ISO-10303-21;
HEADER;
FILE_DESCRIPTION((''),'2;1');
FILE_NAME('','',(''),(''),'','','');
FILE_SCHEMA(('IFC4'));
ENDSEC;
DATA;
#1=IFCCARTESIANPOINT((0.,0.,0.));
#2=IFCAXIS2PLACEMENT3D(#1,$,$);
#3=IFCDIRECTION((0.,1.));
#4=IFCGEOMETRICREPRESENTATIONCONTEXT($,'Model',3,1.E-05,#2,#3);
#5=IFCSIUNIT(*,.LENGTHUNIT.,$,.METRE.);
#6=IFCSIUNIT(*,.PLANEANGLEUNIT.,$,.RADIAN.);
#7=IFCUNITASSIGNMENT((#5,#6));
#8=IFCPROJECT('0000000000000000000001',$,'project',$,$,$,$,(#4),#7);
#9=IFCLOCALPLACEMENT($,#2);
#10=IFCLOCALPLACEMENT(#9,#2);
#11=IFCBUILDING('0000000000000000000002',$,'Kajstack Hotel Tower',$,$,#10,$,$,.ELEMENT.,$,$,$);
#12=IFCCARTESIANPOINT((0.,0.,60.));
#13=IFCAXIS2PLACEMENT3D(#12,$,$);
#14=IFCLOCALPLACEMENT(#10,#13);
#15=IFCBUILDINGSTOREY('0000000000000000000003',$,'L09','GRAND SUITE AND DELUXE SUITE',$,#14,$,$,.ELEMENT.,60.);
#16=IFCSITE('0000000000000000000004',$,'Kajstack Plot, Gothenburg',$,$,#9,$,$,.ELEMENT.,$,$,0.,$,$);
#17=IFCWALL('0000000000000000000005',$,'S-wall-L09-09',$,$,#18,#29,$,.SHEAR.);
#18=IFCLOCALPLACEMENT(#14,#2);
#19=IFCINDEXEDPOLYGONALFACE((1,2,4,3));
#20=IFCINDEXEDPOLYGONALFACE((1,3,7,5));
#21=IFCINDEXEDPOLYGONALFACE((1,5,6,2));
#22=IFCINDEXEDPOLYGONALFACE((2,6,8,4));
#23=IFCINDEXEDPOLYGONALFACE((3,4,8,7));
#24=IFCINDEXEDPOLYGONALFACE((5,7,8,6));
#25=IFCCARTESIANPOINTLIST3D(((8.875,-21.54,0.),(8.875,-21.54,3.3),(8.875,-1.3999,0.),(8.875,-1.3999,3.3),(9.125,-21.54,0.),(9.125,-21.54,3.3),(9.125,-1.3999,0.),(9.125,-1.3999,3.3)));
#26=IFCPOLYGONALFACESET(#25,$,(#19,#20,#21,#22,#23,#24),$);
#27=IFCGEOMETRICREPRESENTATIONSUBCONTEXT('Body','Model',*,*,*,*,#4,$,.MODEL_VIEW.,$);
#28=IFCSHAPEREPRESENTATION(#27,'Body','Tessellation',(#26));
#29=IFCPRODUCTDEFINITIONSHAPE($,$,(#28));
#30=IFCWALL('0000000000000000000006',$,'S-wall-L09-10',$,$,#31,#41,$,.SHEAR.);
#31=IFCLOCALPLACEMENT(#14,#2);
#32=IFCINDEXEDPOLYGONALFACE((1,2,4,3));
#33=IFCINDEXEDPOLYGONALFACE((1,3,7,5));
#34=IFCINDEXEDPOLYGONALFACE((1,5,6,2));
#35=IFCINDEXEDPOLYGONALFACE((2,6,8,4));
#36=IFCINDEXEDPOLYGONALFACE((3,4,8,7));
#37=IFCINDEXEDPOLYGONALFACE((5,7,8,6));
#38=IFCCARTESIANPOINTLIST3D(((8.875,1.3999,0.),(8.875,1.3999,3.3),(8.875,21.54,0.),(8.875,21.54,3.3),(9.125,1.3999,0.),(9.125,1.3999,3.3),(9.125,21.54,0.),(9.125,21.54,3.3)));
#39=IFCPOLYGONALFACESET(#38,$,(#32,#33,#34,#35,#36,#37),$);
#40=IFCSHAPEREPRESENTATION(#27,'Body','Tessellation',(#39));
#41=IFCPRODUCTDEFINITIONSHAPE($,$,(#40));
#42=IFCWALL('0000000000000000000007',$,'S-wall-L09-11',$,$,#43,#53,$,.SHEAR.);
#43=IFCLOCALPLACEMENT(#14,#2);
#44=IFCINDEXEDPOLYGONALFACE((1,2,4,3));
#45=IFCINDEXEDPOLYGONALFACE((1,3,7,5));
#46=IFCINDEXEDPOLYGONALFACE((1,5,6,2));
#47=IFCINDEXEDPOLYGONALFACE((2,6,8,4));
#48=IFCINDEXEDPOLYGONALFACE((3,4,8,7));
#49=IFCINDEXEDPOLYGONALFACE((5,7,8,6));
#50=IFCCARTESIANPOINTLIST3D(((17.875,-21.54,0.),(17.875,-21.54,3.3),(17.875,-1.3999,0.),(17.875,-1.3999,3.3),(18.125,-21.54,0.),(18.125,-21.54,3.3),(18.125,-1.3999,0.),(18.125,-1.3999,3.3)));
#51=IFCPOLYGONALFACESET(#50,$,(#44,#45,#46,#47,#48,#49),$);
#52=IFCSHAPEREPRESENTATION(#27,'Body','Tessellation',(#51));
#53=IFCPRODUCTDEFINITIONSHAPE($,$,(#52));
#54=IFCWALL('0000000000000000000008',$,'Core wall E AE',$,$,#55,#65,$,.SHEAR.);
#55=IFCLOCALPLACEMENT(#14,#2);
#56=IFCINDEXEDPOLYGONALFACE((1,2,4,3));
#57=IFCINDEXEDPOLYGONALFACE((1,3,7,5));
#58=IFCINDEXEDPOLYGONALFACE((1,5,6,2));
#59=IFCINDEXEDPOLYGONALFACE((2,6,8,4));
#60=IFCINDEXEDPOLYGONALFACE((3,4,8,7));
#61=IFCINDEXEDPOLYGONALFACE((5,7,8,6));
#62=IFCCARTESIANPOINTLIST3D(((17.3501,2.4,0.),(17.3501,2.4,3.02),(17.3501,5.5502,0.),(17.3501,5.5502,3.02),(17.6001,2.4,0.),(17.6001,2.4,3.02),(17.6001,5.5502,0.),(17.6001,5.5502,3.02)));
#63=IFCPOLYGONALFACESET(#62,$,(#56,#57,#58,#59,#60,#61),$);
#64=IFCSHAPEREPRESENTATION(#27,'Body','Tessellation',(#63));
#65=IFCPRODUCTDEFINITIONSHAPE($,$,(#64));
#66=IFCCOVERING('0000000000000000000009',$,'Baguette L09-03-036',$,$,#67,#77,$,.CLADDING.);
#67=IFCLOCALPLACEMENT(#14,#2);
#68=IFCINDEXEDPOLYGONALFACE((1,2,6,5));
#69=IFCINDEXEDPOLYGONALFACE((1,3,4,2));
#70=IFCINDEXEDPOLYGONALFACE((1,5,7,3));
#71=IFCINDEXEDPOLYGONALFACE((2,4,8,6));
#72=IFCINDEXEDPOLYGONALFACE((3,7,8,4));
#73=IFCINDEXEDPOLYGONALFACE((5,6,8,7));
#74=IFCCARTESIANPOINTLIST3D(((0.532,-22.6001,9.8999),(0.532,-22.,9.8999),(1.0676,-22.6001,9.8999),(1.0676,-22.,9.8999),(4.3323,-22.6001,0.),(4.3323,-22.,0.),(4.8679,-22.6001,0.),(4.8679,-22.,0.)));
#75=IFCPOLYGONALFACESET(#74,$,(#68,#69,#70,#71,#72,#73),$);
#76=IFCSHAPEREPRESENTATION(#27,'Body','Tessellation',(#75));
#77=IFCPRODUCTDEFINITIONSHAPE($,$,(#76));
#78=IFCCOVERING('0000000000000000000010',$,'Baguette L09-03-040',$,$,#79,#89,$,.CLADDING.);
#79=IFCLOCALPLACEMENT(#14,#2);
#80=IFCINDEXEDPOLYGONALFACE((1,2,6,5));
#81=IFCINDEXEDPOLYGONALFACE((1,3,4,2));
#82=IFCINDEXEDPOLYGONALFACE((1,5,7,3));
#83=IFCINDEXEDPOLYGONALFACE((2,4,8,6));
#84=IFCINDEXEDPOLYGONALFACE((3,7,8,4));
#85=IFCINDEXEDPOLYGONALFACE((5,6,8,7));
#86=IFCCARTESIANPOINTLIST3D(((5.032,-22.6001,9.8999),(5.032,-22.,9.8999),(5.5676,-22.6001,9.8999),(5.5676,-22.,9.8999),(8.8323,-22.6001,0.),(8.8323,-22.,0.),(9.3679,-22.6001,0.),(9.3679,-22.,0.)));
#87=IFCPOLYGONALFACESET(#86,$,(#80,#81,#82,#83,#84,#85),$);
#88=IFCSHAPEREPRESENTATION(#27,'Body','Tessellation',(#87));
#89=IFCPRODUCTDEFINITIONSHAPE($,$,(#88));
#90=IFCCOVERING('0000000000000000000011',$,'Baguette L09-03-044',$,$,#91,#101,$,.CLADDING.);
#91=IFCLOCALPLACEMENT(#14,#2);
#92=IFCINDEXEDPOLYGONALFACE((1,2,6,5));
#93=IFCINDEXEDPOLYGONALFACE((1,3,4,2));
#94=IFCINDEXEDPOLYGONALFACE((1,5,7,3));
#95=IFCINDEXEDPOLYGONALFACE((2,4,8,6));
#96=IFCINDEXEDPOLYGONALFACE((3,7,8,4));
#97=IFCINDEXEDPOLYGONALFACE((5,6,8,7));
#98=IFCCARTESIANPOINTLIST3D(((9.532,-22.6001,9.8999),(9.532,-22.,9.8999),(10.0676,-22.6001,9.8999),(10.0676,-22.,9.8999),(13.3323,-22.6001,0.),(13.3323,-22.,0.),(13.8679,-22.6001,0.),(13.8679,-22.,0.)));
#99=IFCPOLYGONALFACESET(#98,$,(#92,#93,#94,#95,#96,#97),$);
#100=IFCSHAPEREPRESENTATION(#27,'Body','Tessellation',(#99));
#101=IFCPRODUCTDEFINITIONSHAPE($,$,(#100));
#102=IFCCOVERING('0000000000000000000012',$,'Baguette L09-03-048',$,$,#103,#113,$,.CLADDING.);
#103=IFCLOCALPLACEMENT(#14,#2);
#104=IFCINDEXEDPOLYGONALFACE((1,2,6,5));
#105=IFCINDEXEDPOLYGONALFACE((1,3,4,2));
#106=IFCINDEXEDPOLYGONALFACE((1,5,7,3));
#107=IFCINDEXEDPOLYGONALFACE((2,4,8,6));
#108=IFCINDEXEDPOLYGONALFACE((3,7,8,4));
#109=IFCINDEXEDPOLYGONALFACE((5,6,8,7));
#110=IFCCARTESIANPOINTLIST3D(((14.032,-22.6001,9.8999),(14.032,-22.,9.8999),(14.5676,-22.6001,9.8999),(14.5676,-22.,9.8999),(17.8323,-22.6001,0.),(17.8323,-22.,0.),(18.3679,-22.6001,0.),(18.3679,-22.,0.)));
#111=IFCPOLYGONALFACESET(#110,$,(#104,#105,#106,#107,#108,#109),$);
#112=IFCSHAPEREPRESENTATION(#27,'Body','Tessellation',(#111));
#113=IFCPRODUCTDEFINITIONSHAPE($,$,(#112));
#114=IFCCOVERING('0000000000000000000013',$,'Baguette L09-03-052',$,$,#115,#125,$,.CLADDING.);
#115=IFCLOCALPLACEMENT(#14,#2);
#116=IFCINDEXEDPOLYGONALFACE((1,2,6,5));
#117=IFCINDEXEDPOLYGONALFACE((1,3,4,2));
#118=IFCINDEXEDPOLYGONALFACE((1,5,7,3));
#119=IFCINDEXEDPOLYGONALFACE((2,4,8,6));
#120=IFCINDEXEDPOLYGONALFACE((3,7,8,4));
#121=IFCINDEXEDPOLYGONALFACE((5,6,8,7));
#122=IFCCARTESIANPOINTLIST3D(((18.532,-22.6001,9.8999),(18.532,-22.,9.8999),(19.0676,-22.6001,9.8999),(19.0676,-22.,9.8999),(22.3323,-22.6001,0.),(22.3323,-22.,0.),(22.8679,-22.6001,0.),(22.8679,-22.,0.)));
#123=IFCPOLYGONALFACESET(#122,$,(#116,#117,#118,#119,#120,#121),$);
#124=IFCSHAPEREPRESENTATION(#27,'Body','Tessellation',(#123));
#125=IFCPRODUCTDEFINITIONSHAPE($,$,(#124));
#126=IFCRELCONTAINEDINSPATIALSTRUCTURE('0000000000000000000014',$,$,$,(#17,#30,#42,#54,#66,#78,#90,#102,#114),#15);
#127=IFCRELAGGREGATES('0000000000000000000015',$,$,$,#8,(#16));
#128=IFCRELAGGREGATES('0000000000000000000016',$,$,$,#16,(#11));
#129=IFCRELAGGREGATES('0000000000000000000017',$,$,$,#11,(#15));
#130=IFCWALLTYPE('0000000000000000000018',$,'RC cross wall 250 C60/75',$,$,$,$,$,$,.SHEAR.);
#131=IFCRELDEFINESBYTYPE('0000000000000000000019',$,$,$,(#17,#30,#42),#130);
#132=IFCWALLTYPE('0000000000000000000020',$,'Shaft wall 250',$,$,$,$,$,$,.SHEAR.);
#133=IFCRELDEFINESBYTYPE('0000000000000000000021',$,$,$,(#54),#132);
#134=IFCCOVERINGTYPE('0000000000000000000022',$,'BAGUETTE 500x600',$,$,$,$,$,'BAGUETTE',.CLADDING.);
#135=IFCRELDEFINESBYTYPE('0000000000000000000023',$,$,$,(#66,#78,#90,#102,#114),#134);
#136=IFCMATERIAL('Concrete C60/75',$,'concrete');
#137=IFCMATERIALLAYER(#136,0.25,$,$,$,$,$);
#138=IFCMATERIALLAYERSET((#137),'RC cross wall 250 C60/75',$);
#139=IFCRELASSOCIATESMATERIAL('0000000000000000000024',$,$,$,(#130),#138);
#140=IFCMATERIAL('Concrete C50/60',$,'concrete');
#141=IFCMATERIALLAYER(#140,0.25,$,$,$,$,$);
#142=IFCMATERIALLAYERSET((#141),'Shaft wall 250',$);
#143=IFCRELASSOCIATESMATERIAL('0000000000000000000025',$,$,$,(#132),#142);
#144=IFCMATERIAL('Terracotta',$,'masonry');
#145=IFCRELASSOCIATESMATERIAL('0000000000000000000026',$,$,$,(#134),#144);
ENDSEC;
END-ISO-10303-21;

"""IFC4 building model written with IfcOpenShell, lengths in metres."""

from ifc_helpers import new_model, si_unit, direction, frame, frame_2d, origin, origin_2d, place, context, subcontext, project, spatial, polyline, rectangle, outline, extrude, material, layer, layer_set, material_profile, profile_set, type_object, element, save


model = new_model("IFC4")

# Units and contexts
model_context = context("Model", 3, precision=1e-05, world=origin(), true_north=direction((0.0, 1.0)))
body_context = subcontext(model_context, "Body", "Model", "MODEL_VIEW")
ifc_project = project(units=[si_unit("LENGTHUNIT", "METRE"), si_unit("PLANEANGLEUNIT", "RADIAN")], contexts=[model_context])

# Site, building, storey
site_placement = place(None, origin())
site = spatial("IfcSite", under=ifc_project, at=site_placement, Name="Kajstack Plot, Gothenburg", CompositionType="ELEMENT", RefElevation=0.0)
building_placement = place(site_placement, origin())
building = spatial("IfcBuilding", under=site, at=building_placement, Name="Kajstack Hotel Tower", CompositionType="ELEMENT")
storey_placement = place(building_placement, frame((0.0, 0.0, 60.0)))
storey = spatial("IfcBuildingStorey", under=building, at=storey_placement, Name="L09", Description="GRAND SUITE AND DELUXE SUITE", CompositionType="ELEMENT", Elevation=60.0)

# Shared definitions
ifc_material_1 = material(Name="Concrete C60/75", Category="concrete")

# Walls
ifc_material_2 = material(Name="Concrete C50/60", Category="concrete")
ifc_layer_1 = layer(ifc_material_1, 0.25)
ifc_layer_set_1 = layer_set([ifc_layer_1], Name="RC cross wall 250 C60/75")
wall_type_1 = type_object("IfcWallType", Name="RC cross wall 250 C60/75", PredefinedType="SHEAR", material=ifc_layer_set_1)
for number, where, z_axis, x_axis, name in (
    (1, (9.0, -21.54, 0.0), (0.0, 0.0, 1.0), (0.0, 1.0, 0.0), "S-wall-L09-09"),
    (2, (9.0, 1.3999, 0.0), (0.0, 0.0, 1.0), (0.0, 1.0, 0.0), "S-wall-L09-10"),
    (3, (18.0, -21.54, 0.0), (0.0, 0.0, 1.0), (0.0, 1.0, 0.0), "S-wall-L09-11"),
):
    element("IfcWall", number, at=place(storey_placement, frame(where, z_axis=z_axis, x_axis=x_axis)), inside=storey, type_object=wall_type_1, Name=name, PredefinedType="SHEAR", context=body_context, shape_type="SweptSolid", body=[
        extrude(rectangle(XDim=20.1401, YDim=0.25, at=frame_2d((10.0701, 0.0))), origin(), (0.0, 0.0, 1.0), 3.3),
    ])
ifc_layer_2 = layer(ifc_material_2, 0.25)
ifc_layer_set_2 = layer_set([ifc_layer_2], Name="Shaft wall 250")
wall_type_2 = type_object("IfcWallType", Name="Shaft wall 250", PredefinedType="SHEAR", material=ifc_layer_set_2)
wall_1_placement = place(storey_placement, frame((17.4751, 2.3999, 0.0), z_axis=(0.0, 0.0, 1.0), x_axis=(0.0, 1.0, 0.0)))
element("IfcWall", 4, at=wall_1_placement, inside=storey, type_object=wall_type_2, Name="Core wall E AE", PredefinedType="SHEAR", context=body_context, shape_type="SweptSolid", body=[
    extrude(rectangle(XDim=3.1501, YDim=0.25, at=frame_2d((1.5752, 0.0))), origin(), (0.0, 0.0, 1.0), 3.02),
])

# Coverings
ifc_material_3 = material(Name="Terracotta", Category="masonry")
ifc_material_profile = material_profile(ifc_material_3, rectangle(XDim=0.6001, YDim=0.5, at=origin_2d()), Name="Terracotta-clad concrete baguette 500 x 600")
ifc_profile_set = profile_set([ifc_material_profile], Name="Terracotta")
covering_type = type_object("IfcCoveringType", Name="BAGUETTE 500x600", ElementType="BAGUETTE", PredefinedType="CLADDING", material=ifc_profile_set)
for number, where, z_axis, x_axis, name in (
    (5, (0.532, -22.0, 0.0), (0.0, -1.0, 0.0), (1.0, 0.0, 0.0), "Baguette L09-03-036"),
    (6, (5.032, -22.0, 0.0), (0.0, -1.0, 0.0), (1.0, 0.0, 0.0), "Baguette L09-03-040"),
    (7, (9.532, -22.0, 0.0), (0.0, -1.0, 0.0), (1.0, 0.0, 0.0), "Baguette L09-03-044"),
    (8, (14.032, -22.0, 0.0), (0.0, -1.0, 0.0), (1.0, 0.0, 0.0), "Baguette L09-03-048"),
    (9, (18.532, -22.0, 0.0), (0.0, -1.0, 0.0), (1.0, 0.0, 0.0), "Baguette L09-03-052"),
):
    element("IfcCovering", number, at=place(storey_placement, frame(where, z_axis=z_axis, x_axis=x_axis)), inside=storey, type_object=covering_type, Name=name, PredefinedType="CLADDING", context=body_context, shape_type="SweptSolid", body=[
        extrude(outline(polyline([(0.0, 9.8999), (3.8003, 0.0), (4.3359, 0.0), (0.5356, 9.8999), (0.0, 9.8999)])), origin(), (0.0, 0.0, 1.0), 0.6001),
    ])

save(model, "model.ifc")
